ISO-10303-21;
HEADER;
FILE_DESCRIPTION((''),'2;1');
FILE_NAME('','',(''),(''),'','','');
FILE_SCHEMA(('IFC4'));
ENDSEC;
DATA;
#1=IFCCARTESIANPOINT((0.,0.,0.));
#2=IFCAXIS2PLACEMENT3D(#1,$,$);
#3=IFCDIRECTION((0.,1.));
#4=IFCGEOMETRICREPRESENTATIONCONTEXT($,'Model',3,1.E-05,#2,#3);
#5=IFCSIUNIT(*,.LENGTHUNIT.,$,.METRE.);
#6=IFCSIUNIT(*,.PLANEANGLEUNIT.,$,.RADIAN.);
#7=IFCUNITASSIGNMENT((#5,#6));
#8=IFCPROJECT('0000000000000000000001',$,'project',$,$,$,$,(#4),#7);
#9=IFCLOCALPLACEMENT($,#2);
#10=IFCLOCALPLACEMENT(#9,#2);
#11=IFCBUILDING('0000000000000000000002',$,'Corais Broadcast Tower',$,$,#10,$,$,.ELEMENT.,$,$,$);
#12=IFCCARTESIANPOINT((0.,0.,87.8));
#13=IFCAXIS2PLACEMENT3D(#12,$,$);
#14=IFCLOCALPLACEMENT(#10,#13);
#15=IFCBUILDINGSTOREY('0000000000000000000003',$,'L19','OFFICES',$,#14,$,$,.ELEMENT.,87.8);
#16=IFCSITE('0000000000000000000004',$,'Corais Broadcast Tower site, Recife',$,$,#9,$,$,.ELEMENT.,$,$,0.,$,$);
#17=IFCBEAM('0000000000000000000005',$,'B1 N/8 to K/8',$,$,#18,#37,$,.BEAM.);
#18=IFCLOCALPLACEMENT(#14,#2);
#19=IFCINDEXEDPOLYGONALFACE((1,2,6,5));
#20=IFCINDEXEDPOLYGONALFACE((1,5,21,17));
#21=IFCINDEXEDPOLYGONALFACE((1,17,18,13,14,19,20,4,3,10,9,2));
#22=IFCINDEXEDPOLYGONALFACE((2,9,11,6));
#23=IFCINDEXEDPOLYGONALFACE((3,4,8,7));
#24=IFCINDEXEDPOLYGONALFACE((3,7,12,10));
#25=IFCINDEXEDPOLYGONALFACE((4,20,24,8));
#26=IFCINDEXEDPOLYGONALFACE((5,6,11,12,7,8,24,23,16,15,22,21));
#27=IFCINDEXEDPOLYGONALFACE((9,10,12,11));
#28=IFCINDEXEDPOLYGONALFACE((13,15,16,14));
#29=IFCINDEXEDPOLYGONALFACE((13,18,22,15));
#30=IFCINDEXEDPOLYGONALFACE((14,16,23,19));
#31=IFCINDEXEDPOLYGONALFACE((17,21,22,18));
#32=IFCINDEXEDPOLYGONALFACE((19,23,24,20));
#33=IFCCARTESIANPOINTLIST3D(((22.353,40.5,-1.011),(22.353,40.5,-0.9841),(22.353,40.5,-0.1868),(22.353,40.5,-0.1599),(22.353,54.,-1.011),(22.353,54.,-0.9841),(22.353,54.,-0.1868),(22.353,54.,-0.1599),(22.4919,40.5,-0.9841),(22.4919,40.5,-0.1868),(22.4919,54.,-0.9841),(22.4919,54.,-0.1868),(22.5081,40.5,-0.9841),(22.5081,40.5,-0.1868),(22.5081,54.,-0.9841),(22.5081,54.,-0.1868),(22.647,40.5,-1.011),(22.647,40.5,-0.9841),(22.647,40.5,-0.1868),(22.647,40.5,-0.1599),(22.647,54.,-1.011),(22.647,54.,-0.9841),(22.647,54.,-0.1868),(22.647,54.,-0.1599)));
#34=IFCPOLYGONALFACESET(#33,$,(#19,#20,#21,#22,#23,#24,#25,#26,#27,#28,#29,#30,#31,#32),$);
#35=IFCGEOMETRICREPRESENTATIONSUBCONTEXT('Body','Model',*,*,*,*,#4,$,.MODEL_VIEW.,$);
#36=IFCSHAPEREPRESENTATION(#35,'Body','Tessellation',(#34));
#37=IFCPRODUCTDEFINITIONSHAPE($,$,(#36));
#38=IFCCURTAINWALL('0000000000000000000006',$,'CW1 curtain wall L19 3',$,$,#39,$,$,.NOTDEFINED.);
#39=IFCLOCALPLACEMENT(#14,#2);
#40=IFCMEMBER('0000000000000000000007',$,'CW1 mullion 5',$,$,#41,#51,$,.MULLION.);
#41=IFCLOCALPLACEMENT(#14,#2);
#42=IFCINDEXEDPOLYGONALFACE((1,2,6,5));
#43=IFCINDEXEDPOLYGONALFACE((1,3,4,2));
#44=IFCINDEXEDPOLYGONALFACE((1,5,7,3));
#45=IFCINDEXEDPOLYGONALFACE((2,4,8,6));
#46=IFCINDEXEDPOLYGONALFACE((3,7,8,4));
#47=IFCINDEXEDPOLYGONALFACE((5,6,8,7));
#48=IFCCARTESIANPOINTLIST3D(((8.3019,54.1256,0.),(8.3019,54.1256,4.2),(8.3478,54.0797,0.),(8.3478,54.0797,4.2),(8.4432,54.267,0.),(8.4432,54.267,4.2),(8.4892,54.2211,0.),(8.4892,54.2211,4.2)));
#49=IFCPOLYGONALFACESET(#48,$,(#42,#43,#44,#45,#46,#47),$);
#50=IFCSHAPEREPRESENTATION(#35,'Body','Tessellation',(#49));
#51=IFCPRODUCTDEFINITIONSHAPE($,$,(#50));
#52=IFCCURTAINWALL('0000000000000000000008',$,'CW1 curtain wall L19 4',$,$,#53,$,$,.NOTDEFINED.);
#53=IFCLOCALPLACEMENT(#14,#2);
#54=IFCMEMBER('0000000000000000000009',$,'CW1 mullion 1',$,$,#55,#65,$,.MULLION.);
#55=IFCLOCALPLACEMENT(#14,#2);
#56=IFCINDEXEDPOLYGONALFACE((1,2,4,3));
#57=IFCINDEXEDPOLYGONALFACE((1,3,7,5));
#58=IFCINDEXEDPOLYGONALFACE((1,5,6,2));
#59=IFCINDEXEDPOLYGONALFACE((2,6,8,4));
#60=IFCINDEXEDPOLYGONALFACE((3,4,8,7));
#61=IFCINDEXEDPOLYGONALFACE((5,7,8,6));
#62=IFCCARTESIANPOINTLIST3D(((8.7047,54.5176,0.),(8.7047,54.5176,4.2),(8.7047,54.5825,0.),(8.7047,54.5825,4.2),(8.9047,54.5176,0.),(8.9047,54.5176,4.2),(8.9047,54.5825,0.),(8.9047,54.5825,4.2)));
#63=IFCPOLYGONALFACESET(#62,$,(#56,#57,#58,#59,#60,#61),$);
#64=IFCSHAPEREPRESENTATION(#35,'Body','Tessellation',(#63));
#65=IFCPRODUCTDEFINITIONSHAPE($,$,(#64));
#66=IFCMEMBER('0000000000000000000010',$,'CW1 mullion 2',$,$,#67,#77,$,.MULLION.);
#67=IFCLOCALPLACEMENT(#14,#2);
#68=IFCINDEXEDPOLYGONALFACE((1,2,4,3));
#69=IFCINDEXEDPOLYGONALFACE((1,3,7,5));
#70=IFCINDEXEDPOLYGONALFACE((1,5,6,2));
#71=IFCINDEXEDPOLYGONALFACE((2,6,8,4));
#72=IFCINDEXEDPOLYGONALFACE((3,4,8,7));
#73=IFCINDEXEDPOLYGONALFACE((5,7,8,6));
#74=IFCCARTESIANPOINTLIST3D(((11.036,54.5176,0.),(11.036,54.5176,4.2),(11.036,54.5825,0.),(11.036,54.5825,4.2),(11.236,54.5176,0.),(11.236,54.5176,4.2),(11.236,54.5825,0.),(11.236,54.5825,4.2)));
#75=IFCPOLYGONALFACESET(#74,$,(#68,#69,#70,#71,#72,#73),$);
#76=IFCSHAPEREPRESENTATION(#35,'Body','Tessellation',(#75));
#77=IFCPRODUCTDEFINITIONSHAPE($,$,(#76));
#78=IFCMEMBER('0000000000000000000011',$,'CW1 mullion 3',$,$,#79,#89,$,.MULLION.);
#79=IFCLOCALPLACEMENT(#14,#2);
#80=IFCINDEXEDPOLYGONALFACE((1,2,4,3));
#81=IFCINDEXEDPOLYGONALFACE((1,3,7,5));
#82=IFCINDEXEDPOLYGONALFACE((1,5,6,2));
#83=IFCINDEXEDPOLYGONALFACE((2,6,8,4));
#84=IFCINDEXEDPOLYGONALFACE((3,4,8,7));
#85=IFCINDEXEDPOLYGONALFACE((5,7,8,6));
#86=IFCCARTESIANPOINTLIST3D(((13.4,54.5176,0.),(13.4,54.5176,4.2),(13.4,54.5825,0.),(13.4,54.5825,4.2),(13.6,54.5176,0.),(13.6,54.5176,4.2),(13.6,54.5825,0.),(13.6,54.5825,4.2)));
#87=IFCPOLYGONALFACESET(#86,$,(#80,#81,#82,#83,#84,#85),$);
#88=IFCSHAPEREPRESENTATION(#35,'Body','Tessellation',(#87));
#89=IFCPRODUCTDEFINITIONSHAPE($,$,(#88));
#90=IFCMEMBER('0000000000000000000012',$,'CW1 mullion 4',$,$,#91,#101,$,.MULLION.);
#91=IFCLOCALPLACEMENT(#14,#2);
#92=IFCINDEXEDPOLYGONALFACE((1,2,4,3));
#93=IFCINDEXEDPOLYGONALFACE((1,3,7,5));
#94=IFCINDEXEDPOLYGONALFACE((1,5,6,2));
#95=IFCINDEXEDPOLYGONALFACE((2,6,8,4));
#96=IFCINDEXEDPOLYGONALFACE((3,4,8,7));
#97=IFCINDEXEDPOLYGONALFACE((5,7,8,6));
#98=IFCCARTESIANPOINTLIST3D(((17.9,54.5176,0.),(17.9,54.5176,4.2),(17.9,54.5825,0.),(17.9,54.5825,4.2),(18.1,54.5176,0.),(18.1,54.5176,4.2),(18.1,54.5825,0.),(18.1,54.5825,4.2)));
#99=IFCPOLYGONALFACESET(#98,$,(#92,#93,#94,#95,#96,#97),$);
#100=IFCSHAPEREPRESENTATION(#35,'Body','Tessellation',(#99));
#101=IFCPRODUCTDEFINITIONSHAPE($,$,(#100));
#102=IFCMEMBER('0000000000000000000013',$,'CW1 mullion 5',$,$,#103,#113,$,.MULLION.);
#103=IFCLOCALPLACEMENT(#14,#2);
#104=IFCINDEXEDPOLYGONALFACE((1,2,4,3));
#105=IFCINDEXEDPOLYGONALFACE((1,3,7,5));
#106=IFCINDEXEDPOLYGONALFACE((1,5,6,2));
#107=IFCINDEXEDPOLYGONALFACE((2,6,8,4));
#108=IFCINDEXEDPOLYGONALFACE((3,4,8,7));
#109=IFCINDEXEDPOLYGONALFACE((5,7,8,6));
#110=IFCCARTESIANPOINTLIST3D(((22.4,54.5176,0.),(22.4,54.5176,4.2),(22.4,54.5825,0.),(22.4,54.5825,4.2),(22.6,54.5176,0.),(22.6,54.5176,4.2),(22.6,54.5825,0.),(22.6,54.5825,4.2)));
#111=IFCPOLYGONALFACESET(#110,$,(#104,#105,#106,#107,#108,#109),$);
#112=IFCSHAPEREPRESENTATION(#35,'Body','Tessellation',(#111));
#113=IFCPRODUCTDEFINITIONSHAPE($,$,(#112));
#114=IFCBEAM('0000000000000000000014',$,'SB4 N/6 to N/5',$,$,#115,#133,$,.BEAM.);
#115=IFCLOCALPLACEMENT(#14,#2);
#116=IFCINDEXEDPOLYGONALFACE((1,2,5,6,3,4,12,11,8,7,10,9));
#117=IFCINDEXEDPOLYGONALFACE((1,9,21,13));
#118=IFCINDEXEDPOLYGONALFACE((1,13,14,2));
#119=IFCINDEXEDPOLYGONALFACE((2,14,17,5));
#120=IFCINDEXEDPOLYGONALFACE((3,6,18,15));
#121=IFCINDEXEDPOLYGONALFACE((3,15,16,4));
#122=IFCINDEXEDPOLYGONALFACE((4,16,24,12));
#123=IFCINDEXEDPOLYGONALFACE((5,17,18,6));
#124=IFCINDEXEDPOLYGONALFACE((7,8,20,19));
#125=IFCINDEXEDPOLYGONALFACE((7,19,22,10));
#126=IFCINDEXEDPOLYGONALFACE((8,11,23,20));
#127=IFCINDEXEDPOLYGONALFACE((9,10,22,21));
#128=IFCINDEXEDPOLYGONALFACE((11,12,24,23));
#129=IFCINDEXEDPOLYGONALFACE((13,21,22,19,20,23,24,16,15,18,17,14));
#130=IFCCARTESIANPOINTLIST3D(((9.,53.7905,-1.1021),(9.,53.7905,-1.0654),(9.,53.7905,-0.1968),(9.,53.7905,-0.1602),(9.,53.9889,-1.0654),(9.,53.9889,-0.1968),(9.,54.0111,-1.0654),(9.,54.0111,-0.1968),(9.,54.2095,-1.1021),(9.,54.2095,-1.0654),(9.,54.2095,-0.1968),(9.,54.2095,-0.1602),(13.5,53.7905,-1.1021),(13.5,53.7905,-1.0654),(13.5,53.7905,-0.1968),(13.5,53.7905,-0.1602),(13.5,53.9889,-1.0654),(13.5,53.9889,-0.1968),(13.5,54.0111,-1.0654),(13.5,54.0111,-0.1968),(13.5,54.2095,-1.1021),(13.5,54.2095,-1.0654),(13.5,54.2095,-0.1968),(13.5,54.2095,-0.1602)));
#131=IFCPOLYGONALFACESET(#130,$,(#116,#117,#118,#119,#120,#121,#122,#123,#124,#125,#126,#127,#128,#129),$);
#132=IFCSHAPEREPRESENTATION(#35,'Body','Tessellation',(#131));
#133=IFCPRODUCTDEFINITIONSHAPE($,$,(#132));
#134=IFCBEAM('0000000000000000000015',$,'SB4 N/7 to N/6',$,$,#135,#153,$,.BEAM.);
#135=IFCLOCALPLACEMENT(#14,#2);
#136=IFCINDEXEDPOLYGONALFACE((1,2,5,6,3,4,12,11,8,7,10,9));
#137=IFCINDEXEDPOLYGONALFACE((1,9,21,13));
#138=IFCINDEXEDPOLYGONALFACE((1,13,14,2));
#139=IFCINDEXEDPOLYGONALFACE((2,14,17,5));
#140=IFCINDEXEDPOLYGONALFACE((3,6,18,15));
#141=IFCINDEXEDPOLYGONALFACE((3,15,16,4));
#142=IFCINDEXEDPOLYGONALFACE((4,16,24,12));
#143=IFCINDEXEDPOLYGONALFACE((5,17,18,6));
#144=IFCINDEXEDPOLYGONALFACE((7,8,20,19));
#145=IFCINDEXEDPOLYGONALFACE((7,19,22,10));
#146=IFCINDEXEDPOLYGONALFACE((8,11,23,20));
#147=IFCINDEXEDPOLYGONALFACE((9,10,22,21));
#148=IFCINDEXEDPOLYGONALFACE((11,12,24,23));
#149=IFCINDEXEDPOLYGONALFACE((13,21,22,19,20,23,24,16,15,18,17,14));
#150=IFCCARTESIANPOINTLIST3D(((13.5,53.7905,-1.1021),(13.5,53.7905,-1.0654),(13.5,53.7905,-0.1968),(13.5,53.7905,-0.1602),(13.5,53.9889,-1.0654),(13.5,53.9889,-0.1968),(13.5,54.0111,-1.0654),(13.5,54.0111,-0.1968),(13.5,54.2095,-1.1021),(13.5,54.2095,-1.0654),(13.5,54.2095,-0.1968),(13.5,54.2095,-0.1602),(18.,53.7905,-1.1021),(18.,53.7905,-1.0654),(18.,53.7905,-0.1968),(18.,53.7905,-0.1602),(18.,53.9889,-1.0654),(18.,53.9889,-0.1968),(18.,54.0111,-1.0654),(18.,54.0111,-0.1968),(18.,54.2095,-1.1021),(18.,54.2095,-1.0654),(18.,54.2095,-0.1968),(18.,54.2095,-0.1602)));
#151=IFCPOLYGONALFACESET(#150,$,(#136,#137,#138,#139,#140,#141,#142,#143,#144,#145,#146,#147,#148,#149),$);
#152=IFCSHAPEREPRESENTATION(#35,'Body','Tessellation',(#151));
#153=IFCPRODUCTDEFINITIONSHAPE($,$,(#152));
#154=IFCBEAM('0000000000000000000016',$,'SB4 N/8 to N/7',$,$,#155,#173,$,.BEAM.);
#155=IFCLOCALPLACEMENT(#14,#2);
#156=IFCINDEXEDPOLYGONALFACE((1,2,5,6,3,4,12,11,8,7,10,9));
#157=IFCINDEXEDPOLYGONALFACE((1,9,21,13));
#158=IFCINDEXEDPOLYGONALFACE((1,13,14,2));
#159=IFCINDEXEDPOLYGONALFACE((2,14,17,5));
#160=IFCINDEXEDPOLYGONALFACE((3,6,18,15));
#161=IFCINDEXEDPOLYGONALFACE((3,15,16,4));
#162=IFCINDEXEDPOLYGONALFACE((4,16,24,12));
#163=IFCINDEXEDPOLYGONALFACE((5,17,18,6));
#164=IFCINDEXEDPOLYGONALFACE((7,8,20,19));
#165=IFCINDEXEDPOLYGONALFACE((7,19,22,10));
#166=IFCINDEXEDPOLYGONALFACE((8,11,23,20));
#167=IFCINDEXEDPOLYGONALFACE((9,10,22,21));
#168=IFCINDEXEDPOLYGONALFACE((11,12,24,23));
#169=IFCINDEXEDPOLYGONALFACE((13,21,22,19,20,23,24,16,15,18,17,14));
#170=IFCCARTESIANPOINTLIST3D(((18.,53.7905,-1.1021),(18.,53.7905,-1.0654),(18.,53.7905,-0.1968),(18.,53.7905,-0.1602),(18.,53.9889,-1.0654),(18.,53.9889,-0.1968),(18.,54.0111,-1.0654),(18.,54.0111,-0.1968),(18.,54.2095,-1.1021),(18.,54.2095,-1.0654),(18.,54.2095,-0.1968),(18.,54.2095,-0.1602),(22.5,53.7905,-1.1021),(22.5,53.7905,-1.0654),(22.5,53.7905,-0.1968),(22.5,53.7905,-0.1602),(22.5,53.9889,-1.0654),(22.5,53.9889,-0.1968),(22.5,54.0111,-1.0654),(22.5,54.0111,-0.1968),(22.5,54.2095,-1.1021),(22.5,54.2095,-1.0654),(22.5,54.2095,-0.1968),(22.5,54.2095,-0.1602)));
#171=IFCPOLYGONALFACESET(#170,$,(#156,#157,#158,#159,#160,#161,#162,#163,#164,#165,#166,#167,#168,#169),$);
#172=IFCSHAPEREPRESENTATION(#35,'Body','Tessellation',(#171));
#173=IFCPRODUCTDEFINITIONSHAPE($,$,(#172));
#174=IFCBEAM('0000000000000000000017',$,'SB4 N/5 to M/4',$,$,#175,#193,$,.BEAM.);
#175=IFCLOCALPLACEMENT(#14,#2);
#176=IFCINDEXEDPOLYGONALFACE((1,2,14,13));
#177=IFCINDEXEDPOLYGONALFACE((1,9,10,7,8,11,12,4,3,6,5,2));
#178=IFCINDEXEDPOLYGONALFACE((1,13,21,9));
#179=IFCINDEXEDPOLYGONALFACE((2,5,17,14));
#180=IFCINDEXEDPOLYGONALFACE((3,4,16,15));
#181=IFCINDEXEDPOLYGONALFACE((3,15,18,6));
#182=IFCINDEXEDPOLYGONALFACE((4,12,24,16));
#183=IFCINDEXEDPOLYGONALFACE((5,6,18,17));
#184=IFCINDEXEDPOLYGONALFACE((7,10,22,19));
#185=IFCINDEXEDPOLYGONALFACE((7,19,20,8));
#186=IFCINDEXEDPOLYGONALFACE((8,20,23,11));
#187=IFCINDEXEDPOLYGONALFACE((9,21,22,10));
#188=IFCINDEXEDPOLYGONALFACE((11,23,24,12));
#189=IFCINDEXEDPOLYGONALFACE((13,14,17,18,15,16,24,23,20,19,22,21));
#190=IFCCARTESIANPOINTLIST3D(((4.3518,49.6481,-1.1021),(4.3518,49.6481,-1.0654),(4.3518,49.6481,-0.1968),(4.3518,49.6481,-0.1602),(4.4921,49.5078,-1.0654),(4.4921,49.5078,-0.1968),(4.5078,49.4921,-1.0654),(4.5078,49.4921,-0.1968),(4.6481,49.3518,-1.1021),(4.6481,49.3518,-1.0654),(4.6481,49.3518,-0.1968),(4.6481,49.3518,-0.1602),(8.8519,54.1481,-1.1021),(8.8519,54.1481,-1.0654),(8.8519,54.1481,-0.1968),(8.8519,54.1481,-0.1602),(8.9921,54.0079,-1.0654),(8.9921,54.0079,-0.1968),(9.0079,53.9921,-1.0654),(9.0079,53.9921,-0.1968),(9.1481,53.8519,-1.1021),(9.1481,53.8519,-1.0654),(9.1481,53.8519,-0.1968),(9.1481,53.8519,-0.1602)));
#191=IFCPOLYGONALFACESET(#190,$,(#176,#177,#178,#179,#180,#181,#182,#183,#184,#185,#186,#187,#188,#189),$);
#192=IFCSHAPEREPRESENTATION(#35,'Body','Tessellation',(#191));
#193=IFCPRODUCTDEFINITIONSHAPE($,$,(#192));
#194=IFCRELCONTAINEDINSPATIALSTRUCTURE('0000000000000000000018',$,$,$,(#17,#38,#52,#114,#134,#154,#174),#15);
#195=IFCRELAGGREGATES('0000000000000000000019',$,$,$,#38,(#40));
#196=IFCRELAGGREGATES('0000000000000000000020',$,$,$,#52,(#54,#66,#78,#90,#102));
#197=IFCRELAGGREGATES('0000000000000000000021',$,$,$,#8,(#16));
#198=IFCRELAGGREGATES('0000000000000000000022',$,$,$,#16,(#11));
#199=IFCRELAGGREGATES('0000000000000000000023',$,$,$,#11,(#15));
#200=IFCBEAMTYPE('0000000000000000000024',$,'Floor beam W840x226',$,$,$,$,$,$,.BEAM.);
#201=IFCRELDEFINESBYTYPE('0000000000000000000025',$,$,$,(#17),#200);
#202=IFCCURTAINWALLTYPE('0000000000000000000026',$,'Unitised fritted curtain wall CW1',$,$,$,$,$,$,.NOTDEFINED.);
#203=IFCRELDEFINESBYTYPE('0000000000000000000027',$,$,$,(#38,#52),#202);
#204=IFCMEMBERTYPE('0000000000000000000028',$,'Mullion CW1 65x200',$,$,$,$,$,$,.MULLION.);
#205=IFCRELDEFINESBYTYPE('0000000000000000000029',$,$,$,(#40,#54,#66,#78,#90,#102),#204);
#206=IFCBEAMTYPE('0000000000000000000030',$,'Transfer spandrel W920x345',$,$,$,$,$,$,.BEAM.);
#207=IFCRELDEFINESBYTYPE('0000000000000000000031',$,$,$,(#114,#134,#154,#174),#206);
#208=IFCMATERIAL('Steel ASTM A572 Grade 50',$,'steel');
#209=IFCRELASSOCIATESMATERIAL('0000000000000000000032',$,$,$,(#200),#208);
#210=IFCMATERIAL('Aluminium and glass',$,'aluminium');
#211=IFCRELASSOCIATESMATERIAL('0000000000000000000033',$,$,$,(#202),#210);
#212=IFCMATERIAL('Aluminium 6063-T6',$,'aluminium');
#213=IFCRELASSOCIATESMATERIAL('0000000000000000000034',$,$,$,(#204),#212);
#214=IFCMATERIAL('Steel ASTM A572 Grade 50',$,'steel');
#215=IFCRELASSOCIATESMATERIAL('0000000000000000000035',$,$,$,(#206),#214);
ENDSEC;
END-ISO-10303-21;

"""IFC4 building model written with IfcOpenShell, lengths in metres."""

from ifc_helpers import new_model, si_unit, direction, frame, origin, origin_2d, place, context, subcontext, project, spatial, rectangle, i_section, extrude, material, material_profile, profile_set, type_object, element, aggregate, save


model = new_model("IFC4")

# Units and contexts
model_context = context("Model", 3, precision=1e-05, world=origin(), true_north=direction((0.0, 1.0)))
body_context = subcontext(model_context, "Body", "Model", "MODEL_VIEW")
ifc_project = project(units=[si_unit("LENGTHUNIT", "METRE"), si_unit("PLANEANGLEUNIT", "RADIAN")], contexts=[model_context])

# Site, building, storey
site_placement = place(None, origin())
site = spatial("IfcSite", under=ifc_project, at=site_placement, Name="Corais Broadcast Tower site, Recife", CompositionType="ELEMENT", RefElevation=0.0)
building_placement = place(site_placement, origin())
building = spatial("IfcBuilding", under=site, at=building_placement, Name="Corais Broadcast Tower", CompositionType="ELEMENT")
storey_placement = place(building_placement, frame((0.0, 0.0, 87.8)))
storey = spatial("IfcBuildingStorey", under=building, at=storey_placement, Name="L19", Description="OFFICES", CompositionType="ELEMENT", Elevation=87.8)

# Beam
ifc_material_1 = material(Name="Steel ASTM A572 Grade 50", Category="steel")
ifc_material_profile_1 = material_profile(ifc_material_1, i_section(OverallWidth=0.2939, OverallDepth=0.8511, WebThickness=0.0161, FlangeThickness=0.0269, at=origin_2d()), Name="W840x226")
ifc_profile_set_1 = profile_set([ifc_material_profile_1], Name="Steel ASTM A572 Grade 50")
beam_type_1 = type_object("IfcBeamType", Name="Floor beam W840x226", PredefinedType="BEAM", material=ifc_profile_set_1)
for number, where, z_axis, x_axis, name in (
    (1, (22.5, 54.0, -0.5854), (0.0, -1.0, 0.0), (1.0, 0.0, 0.0), "B1 N/8 to K/8"),
):
    element("IfcBeam", number, at=place(storey_placement, frame(where, z_axis=z_axis, x_axis=x_axis)), inside=storey, type_object=beam_type_1, Name=name, PredefinedType="BEAM", context=body_context, shape_type="SweptSolid", body=[
        extrude(i_section(OverallWidth=0.2939, OverallDepth=0.8511, WebThickness=0.0161, FlangeThickness=0.0269, at=origin_2d()), origin(), (0.0, 0.0, 1.0), 13.5),
    ])

# Curtain wall, member
ifc_material_2 = material(Name="Aluminium and glass", Category="aluminium")
curtain_wall_type = type_object("IfcCurtainWallType", Name="Unitised fritted curtain wall CW1", PredefinedType="NOTDEFINED", material=ifc_material_2)
curtain_wall_1_placement = place(storey_placement, origin())
curtain_wall_1 = element("IfcCurtainWall", 2, at=curtain_wall_1_placement, inside=storey, type_object=curtain_wall_type, Name="CW1 curtain wall L19 3", PredefinedType="NOTDEFINED")
ifc_material_3 = material(Name="Aluminium 6063-T6", Category="aluminium")
ifc_material_profile_2 = material_profile(ifc_material_3, rectangle(XDim=0.0649, YDim=0.2, at=origin_2d()), Name="Mullion CW1 65x200")
ifc_profile_set_2 = profile_set([ifc_material_profile_2], Name="Aluminium 6063-T6")
member_type_1 = type_object("IfcMemberType", Name="Mullion CW1 65x200", PredefinedType="MULLION", material=ifc_profile_set_2)
member_1_placement = place(storey_placement, frame((8.3955, 54.1733, 0.0), z_axis=(0.0, 0.0, 1.0), x_axis=(-0.707107, 0.707107, 0.0)))
member_1 = element("IfcMember", 3, at=member_1_placement, type_object=member_type_1, Name="CW1 mullion 5", PredefinedType="MULLION", context=body_context, shape_type="SweptSolid", body=[
    extrude(rectangle(XDim=0.0649, YDim=0.2, at=origin_2d()), origin(), (0.0, 0.0, 1.0), 4.2),
])
aggregate(curtain_wall_1, [member_1])

# Curtain wall, members
curtain_wall_2_placement = place(storey_placement, origin())
curtain_wall_2 = element("IfcCurtainWall", 4, at=curtain_wall_2_placement, inside=storey, type_object=curtain_wall_type, Name="CW1 curtain wall L19 4", PredefinedType="NOTDEFINED")
member_2_placement = place(storey_placement, frame((8.8047, 54.55, 0.0), z_axis=(0.0, 0.0, 1.0), x_axis=(0.0, 1.0, 0.0)))
member_2 = element("IfcMember", 5, at=member_2_placement, type_object=member_type_1, Name="CW1 mullion 1", PredefinedType="MULLION", context=body_context, shape_type="SweptSolid", body=[
    extrude(rectangle(XDim=0.0649, YDim=0.2, at=origin_2d()), origin(), (0.0, 0.0, 1.0), 4.2),
])
member_3_placement = place(storey_placement, frame((11.136, 54.55, 0.0), z_axis=(0.0, 0.0, 1.0), x_axis=(0.0, 1.0, 0.0)))
member_3 = element("IfcMember", 6, at=member_3_placement, type_object=member_type_1, Name="CW1 mullion 2", PredefinedType="MULLION", context=body_context, shape_type="SweptSolid", body=[
    extrude(rectangle(XDim=0.0649, YDim=0.2, at=origin_2d()), origin(), (0.0, 0.0, 1.0), 4.2),
])
member_4_placement = place(storey_placement, frame((13.5, 54.55, 0.0), z_axis=(0.0, 0.0, 1.0), x_axis=(0.0, 1.0, 0.0)))
member_4 = element("IfcMember", 7, at=member_4_placement, type_object=member_type_1, Name="CW1 mullion 3", PredefinedType="MULLION", context=body_context, shape_type="SweptSolid", body=[
    extrude(rectangle(XDim=0.0649, YDim=0.2, at=origin_2d()), origin(), (0.0, 0.0, 1.0), 4.2),
])
member_5_placement = place(storey_placement, frame((18.0, 54.55, 0.0), z_axis=(0.0, 0.0, 1.0), x_axis=(0.0, 1.0, 0.0)))
member_5 = element("IfcMember", 8, at=member_5_placement, type_object=member_type_1, Name="CW1 mullion 4", PredefinedType="MULLION", context=body_context, shape_type="SweptSolid", body=[
    extrude(rectangle(XDim=0.0649, YDim=0.2, at=origin_2d()), origin(), (0.0, 0.0, 1.0), 4.2),
])
member_6_placement = place(storey_placement, frame((22.5, 54.55, 0.0), z_axis=(0.0, 0.0, 1.0), x_axis=(0.0, 1.0, 0.0)))
member_6 = element("IfcMember", 9, at=member_6_placement, type_object=member_type_1, Name="CW1 mullion 5", PredefinedType="MULLION", context=body_context, shape_type="SweptSolid", body=[
    extrude(rectangle(XDim=0.0649, YDim=0.2, at=origin_2d()), origin(), (0.0, 0.0, 1.0), 4.2),
])

# Beams
ifc_material_4 = material(Name="Steel ASTM A572 Grade 50", Category="steel")
ifc_material_profile_3 = material_profile(ifc_material_4, i_section(OverallWidth=0.4189, OverallDepth=0.9419, WebThickness=0.0222, FlangeThickness=0.0366, at=origin_2d()), Name="W920x345")
ifc_profile_set_3 = profile_set([ifc_material_profile_3], Name="Steel ASTM A572 Grade 50")
beam_type_2 = type_object("IfcBeamType", Name="Transfer spandrel W920x345", PredefinedType="BEAM", material=ifc_profile_set_3)
for number, where, z_axis, x_axis, name in (
    (10, (13.5, 54.0, -0.6311), (-1.0, 0.0, 0.0), (0.0, -1.0, 0.0), "SB4 N/6 to N/5"),
    (11, (18.0, 54.0, -0.6311), (-1.0, 0.0, 0.0), (0.0, -1.0, 0.0), "SB4 N/7 to N/6"),
    (12, (22.5, 54.0, -0.6311), (-1.0, 0.0, 0.0), (0.0, -1.0, 0.0), "SB4 N/8 to N/7"),
):
    element("IfcBeam", number, at=place(storey_placement, frame(where, z_axis=z_axis, x_axis=x_axis)), inside=storey, type_object=beam_type_2, Name=name, PredefinedType="BEAM", context=body_context, shape_type="SweptSolid", body=[
        extrude(i_section(OverallWidth=0.4189, OverallDepth=0.9419, WebThickness=0.0222, FlangeThickness=0.0366, at=origin_2d()), origin(), (0.0, 0.0, 1.0), 4.5),
    ])
beam_1_placement = place(storey_placement, frame((9.0, 54.0, -0.6311), z_axis=(-0.707107, -0.707107, 0.0), x_axis=(0.707107, -0.707107, 0.0)))
element("IfcBeam", 13, at=beam_1_placement, inside=storey, type_object=beam_type_2, Name="SB4 N/5 to M/4", PredefinedType="BEAM", context=body_context, shape_type="SweptSolid", body=[
    extrude(i_section(OverallWidth=0.4189, OverallDepth=0.9419, WebThickness=0.0222, FlangeThickness=0.0366, at=origin_2d()), origin(), (0.0, 0.0, 1.0), 6.364),
])

aggregate(curtain_wall_2, [member_2, member_3, member_4, member_5, member_6])

save(model, "model.ifc")
